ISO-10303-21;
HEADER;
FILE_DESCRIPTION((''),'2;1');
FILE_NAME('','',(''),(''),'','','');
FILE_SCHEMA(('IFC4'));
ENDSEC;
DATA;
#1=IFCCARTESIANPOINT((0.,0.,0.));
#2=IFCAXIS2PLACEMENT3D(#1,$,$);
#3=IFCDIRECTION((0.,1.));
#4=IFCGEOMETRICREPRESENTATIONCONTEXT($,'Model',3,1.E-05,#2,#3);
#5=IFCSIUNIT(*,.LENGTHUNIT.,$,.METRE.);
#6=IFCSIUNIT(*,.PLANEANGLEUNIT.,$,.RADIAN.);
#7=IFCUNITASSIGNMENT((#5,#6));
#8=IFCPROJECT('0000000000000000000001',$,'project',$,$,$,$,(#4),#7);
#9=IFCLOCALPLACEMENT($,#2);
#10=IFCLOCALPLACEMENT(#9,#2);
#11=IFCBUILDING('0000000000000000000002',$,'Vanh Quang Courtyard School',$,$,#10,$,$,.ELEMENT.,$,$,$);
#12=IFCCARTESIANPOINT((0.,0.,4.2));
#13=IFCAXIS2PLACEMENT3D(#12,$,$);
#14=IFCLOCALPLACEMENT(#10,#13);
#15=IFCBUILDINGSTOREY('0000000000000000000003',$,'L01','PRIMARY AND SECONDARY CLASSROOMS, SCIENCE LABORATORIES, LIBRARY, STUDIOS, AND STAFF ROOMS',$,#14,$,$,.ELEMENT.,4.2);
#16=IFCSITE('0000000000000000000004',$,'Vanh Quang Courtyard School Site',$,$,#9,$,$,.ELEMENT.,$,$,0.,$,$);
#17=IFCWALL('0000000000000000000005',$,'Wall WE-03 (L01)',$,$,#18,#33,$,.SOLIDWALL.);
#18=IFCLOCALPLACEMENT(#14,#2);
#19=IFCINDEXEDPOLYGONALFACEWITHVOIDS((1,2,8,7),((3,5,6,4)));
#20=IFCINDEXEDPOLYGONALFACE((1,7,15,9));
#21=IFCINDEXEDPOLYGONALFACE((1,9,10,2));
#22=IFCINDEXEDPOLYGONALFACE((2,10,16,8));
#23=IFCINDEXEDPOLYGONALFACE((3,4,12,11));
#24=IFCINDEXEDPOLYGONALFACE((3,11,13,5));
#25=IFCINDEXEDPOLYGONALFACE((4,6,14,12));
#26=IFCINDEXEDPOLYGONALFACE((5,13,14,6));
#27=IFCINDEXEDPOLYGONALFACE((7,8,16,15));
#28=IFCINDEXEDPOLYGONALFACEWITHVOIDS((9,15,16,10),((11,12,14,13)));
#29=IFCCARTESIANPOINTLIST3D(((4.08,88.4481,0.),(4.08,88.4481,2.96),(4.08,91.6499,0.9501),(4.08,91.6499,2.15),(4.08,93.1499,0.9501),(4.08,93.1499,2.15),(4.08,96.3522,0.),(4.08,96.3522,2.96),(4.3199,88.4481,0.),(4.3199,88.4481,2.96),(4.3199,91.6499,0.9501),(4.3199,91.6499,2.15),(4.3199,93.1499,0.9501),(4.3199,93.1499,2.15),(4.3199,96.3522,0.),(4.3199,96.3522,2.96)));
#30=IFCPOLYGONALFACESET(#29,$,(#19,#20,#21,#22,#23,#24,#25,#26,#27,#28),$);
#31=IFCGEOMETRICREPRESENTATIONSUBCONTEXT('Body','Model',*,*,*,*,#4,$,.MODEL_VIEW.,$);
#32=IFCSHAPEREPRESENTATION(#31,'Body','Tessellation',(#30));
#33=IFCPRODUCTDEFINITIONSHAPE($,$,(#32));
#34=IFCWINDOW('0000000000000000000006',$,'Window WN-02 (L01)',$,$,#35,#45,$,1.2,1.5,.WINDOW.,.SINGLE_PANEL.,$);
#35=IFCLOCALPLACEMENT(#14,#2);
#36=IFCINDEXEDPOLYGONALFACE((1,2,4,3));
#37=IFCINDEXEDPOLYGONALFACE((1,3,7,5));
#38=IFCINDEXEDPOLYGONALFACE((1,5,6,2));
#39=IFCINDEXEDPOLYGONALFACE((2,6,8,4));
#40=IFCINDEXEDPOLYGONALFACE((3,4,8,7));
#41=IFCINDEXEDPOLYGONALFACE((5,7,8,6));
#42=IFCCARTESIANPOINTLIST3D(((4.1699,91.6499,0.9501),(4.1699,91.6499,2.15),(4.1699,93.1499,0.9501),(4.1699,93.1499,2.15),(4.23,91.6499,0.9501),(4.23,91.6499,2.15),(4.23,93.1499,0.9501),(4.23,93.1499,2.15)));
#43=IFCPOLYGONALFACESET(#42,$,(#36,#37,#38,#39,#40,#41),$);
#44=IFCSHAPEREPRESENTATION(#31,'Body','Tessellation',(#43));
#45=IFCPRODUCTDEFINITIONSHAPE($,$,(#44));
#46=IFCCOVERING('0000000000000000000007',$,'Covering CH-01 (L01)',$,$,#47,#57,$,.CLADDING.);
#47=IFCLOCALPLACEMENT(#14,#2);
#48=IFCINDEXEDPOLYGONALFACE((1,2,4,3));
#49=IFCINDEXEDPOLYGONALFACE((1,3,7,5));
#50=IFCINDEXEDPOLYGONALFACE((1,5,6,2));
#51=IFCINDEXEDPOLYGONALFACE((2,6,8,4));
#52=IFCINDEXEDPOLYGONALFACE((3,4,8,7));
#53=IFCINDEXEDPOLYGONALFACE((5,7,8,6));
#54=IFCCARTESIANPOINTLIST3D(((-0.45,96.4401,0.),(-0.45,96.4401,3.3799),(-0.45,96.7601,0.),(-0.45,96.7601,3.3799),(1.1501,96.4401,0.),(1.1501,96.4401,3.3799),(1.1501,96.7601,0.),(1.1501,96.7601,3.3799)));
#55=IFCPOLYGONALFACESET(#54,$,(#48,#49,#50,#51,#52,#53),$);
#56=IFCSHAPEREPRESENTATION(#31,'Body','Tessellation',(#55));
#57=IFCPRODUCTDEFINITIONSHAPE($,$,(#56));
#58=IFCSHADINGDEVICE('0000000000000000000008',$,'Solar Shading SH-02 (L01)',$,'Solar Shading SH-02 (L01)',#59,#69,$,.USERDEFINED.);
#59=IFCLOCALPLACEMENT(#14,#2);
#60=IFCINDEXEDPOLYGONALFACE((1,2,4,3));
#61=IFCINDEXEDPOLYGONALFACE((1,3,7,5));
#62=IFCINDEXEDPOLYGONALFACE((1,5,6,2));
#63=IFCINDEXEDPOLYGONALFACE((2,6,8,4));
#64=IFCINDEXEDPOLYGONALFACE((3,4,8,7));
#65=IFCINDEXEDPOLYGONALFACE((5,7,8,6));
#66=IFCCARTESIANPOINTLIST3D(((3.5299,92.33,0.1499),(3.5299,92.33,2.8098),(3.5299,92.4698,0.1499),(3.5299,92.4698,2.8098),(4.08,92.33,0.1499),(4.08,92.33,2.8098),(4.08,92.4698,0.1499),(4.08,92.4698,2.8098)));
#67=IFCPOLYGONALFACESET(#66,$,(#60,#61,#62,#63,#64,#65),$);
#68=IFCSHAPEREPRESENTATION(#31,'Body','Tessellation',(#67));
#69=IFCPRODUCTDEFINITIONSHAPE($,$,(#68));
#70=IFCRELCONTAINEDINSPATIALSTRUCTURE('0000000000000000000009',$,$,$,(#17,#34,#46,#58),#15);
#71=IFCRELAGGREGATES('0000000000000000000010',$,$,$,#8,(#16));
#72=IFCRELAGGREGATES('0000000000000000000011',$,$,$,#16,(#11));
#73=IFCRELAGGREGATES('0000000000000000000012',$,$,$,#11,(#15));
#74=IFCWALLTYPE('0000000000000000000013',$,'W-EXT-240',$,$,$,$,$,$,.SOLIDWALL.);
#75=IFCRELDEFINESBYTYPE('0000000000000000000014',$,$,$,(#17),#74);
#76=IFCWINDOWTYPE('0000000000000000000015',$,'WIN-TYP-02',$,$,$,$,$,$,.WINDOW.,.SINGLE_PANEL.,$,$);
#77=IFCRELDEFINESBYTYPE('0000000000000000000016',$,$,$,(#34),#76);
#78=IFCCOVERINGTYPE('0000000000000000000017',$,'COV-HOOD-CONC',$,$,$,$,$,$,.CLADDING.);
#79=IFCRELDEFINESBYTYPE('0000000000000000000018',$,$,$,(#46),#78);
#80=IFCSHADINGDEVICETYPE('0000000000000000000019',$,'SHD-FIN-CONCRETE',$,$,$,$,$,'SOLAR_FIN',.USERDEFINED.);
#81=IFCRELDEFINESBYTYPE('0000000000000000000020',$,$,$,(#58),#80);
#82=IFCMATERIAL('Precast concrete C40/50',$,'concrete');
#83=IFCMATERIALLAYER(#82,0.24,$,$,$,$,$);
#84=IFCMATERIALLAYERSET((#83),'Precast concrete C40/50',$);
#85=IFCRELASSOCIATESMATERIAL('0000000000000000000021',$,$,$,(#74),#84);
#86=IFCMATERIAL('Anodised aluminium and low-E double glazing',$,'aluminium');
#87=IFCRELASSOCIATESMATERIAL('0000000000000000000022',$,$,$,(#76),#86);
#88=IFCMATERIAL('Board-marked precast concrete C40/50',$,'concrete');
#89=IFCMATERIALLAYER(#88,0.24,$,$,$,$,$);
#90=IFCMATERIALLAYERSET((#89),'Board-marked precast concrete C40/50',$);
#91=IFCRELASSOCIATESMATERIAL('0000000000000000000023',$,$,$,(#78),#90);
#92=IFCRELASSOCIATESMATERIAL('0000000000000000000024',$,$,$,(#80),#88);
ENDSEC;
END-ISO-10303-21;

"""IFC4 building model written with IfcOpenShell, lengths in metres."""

from ifc_helpers import new_model, si_unit, direction, frame, frame_2d, origin, origin_2d, place, context, subcontext, project, spatial, rectangle, extrude, material, layer, layer_set, type_object, element, fill, save


model = new_model("IFC4")

# Units and contexts
model_context = context("Model", 3, precision=1e-05, world=origin(), true_north=direction((0.0, 1.0)))
body_context = subcontext(model_context, "Body", "Model", "MODEL_VIEW")
ifc_project = project(units=[si_unit("LENGTHUNIT", "METRE"), si_unit("PLANEANGLEUNIT", "RADIAN")], contexts=[model_context])

# Site, building, storey
site_placement = place(None, origin())
site = spatial("IfcSite", under=ifc_project, at=site_placement, Name="Vanh Quang Courtyard School Site", CompositionType="ELEMENT", RefElevation=0.0)
building_placement = place(site_placement, origin())
building = spatial("IfcBuilding", under=site, at=building_placement, Name="Vanh Quang Courtyard School", CompositionType="ELEMENT")
storey_placement = place(building_placement, frame((0.0, 0.0, 4.2)))
storey = spatial("IfcBuildingStorey", under=building, at=storey_placement, Name="L01", Description="PRIMARY AND SECONDARY CLASSROOMS, SCIENCE LABORATORIES, LIBRARY, STUDIOS, AND STAFF ROOMS", CompositionType="ELEMENT", Elevation=4.2)

# Wall, opening, window
ifc_material_1 = material(Name="Precast concrete C40/50", Category="concrete")
ifc_layer_1 = layer(ifc_material_1, 0.24)
ifc_layer_set_1 = layer_set([ifc_layer_1], Name="Precast concrete C40/50")
wall_type = type_object("IfcWallType", Name="W-EXT-240", PredefinedType="SOLIDWALL", material=ifc_layer_set_1)
wall_placement = place(storey_placement, frame((4.2, 88.448, 0.0), z_axis=(0.0, 0.0, 1.0), x_axis=(0.0, 1.0, 0.0)))
wall = element("IfcWall", 1, at=wall_placement, inside=storey, type_object=wall_type, Name="Wall WE-03 (L01)", PredefinedType="SOLIDWALL", context=body_context, shape_type="SweptSolid", body=[
    extrude(rectangle(XDim=7.9041, YDim=0.24, at=frame_2d((3.9521, 0.0))), origin(), (0.0, 0.0, 1.0), 2.96),
])
opening_placement = place(wall_placement, frame((3.2019, 0.0, 0.95)))
opening = element("IfcOpeningElement", 2, at=opening_placement, cuts=wall, PredefinedType="OPENING", context=body_context, shape_type="SweptSolid", body=[
    extrude(rectangle(XDim=1.5, YDim=1.2, at=frame_2d((0.75, 0.6001))), frame((0.0, 0.1299, 0.0), z_axis=(0.0, -1.0, 0.0), x_axis=(1.0, 0.0, 0.0)), (0.0, 0.0, 1.0), 0.26),
])
ifc_material_2 = material(Name="Anodised aluminium and low-E double glazing", Category="aluminium")
window_type = type_object("IfcWindowType", Name="WIN-TYP-02", PartitioningType="SINGLE_PANEL", PredefinedType="WINDOW", material=ifc_material_2)
window_placement = place(opening_placement, origin())
window = element("IfcWindow", 3, at=window_placement, inside=storey, type_object=window_type, Name="Window WN-02 (L01)", OverallHeight=1.2, OverallWidth=1.5, PartitioningType="SINGLE_PANEL", PredefinedType="WINDOW", context=body_context, shape_type="SweptSolid", body=[
    extrude(rectangle(XDim=1.5, YDim=1.2, at=frame_2d((0.75, 0.6001))), frame((0.0, 0.03, 0.0), z_axis=(0.0, -1.0, 0.0), x_axis=(1.0, 0.0, 0.0)), (0.0, 0.0, 1.0), 0.0601),
])
fill(opening, window)

# Covering
ifc_material_3 = material(Name="Board-marked precast concrete C40/50", Category="concrete")
ifc_layer_2 = layer(ifc_material_3, 0.24)
ifc_layer_set_2 = layer_set([ifc_layer_2], Name="Board-marked precast concrete C40/50")
covering_type = type_object("IfcCoveringType", Name="COV-HOOD-CONC", PredefinedType="CLADDING", material=ifc_layer_set_2)
covering_placement = place(storey_placement, frame((0.3501, 96.6001, 0.0), z_axis=(0.0, 0.0, 1.0), x_axis=(1.0, 0.0, 0.0)))
element("IfcCovering", 4, at=covering_placement, inside=storey, type_object=covering_type, Name="Covering CH-01 (L01)", PredefinedType="CLADDING", context=body_context, shape_type="SweptSolid", body=[
    extrude(rectangle(XDim=1.6001, YDim=0.3201, at=origin_2d()), origin(), (0.0, 0.0, 1.0), 3.3799),
])

# Shading device
shading_device_type = type_object("IfcShadingDeviceType", Name="SHD-FIN-CONCRETE", ElementType="SOLAR_FIN", PredefinedType="USERDEFINED", material=ifc_material_3)
shading_device_placement = place(storey_placement, frame((3.8049, 92.3999, 0.1499), z_axis=(0.0, 0.0, 1.0), x_axis=(0.0, 1.0, 0.0)))
element("IfcShadingDevice", 5, at=shading_device_placement, inside=storey, type_object=shading_device_type, Name="Solar Shading SH-02 (L01)", ObjectType="Solar Shading SH-02 (L01)", PredefinedType="USERDEFINED", context=body_context, shape_type="SweptSolid", body=[
    extrude(rectangle(XDim=0.1399, YDim=0.55, at=origin_2d()), origin(), (0.0, 0.0, 1.0), 2.6599),
])

save(model, "model.ifc")
